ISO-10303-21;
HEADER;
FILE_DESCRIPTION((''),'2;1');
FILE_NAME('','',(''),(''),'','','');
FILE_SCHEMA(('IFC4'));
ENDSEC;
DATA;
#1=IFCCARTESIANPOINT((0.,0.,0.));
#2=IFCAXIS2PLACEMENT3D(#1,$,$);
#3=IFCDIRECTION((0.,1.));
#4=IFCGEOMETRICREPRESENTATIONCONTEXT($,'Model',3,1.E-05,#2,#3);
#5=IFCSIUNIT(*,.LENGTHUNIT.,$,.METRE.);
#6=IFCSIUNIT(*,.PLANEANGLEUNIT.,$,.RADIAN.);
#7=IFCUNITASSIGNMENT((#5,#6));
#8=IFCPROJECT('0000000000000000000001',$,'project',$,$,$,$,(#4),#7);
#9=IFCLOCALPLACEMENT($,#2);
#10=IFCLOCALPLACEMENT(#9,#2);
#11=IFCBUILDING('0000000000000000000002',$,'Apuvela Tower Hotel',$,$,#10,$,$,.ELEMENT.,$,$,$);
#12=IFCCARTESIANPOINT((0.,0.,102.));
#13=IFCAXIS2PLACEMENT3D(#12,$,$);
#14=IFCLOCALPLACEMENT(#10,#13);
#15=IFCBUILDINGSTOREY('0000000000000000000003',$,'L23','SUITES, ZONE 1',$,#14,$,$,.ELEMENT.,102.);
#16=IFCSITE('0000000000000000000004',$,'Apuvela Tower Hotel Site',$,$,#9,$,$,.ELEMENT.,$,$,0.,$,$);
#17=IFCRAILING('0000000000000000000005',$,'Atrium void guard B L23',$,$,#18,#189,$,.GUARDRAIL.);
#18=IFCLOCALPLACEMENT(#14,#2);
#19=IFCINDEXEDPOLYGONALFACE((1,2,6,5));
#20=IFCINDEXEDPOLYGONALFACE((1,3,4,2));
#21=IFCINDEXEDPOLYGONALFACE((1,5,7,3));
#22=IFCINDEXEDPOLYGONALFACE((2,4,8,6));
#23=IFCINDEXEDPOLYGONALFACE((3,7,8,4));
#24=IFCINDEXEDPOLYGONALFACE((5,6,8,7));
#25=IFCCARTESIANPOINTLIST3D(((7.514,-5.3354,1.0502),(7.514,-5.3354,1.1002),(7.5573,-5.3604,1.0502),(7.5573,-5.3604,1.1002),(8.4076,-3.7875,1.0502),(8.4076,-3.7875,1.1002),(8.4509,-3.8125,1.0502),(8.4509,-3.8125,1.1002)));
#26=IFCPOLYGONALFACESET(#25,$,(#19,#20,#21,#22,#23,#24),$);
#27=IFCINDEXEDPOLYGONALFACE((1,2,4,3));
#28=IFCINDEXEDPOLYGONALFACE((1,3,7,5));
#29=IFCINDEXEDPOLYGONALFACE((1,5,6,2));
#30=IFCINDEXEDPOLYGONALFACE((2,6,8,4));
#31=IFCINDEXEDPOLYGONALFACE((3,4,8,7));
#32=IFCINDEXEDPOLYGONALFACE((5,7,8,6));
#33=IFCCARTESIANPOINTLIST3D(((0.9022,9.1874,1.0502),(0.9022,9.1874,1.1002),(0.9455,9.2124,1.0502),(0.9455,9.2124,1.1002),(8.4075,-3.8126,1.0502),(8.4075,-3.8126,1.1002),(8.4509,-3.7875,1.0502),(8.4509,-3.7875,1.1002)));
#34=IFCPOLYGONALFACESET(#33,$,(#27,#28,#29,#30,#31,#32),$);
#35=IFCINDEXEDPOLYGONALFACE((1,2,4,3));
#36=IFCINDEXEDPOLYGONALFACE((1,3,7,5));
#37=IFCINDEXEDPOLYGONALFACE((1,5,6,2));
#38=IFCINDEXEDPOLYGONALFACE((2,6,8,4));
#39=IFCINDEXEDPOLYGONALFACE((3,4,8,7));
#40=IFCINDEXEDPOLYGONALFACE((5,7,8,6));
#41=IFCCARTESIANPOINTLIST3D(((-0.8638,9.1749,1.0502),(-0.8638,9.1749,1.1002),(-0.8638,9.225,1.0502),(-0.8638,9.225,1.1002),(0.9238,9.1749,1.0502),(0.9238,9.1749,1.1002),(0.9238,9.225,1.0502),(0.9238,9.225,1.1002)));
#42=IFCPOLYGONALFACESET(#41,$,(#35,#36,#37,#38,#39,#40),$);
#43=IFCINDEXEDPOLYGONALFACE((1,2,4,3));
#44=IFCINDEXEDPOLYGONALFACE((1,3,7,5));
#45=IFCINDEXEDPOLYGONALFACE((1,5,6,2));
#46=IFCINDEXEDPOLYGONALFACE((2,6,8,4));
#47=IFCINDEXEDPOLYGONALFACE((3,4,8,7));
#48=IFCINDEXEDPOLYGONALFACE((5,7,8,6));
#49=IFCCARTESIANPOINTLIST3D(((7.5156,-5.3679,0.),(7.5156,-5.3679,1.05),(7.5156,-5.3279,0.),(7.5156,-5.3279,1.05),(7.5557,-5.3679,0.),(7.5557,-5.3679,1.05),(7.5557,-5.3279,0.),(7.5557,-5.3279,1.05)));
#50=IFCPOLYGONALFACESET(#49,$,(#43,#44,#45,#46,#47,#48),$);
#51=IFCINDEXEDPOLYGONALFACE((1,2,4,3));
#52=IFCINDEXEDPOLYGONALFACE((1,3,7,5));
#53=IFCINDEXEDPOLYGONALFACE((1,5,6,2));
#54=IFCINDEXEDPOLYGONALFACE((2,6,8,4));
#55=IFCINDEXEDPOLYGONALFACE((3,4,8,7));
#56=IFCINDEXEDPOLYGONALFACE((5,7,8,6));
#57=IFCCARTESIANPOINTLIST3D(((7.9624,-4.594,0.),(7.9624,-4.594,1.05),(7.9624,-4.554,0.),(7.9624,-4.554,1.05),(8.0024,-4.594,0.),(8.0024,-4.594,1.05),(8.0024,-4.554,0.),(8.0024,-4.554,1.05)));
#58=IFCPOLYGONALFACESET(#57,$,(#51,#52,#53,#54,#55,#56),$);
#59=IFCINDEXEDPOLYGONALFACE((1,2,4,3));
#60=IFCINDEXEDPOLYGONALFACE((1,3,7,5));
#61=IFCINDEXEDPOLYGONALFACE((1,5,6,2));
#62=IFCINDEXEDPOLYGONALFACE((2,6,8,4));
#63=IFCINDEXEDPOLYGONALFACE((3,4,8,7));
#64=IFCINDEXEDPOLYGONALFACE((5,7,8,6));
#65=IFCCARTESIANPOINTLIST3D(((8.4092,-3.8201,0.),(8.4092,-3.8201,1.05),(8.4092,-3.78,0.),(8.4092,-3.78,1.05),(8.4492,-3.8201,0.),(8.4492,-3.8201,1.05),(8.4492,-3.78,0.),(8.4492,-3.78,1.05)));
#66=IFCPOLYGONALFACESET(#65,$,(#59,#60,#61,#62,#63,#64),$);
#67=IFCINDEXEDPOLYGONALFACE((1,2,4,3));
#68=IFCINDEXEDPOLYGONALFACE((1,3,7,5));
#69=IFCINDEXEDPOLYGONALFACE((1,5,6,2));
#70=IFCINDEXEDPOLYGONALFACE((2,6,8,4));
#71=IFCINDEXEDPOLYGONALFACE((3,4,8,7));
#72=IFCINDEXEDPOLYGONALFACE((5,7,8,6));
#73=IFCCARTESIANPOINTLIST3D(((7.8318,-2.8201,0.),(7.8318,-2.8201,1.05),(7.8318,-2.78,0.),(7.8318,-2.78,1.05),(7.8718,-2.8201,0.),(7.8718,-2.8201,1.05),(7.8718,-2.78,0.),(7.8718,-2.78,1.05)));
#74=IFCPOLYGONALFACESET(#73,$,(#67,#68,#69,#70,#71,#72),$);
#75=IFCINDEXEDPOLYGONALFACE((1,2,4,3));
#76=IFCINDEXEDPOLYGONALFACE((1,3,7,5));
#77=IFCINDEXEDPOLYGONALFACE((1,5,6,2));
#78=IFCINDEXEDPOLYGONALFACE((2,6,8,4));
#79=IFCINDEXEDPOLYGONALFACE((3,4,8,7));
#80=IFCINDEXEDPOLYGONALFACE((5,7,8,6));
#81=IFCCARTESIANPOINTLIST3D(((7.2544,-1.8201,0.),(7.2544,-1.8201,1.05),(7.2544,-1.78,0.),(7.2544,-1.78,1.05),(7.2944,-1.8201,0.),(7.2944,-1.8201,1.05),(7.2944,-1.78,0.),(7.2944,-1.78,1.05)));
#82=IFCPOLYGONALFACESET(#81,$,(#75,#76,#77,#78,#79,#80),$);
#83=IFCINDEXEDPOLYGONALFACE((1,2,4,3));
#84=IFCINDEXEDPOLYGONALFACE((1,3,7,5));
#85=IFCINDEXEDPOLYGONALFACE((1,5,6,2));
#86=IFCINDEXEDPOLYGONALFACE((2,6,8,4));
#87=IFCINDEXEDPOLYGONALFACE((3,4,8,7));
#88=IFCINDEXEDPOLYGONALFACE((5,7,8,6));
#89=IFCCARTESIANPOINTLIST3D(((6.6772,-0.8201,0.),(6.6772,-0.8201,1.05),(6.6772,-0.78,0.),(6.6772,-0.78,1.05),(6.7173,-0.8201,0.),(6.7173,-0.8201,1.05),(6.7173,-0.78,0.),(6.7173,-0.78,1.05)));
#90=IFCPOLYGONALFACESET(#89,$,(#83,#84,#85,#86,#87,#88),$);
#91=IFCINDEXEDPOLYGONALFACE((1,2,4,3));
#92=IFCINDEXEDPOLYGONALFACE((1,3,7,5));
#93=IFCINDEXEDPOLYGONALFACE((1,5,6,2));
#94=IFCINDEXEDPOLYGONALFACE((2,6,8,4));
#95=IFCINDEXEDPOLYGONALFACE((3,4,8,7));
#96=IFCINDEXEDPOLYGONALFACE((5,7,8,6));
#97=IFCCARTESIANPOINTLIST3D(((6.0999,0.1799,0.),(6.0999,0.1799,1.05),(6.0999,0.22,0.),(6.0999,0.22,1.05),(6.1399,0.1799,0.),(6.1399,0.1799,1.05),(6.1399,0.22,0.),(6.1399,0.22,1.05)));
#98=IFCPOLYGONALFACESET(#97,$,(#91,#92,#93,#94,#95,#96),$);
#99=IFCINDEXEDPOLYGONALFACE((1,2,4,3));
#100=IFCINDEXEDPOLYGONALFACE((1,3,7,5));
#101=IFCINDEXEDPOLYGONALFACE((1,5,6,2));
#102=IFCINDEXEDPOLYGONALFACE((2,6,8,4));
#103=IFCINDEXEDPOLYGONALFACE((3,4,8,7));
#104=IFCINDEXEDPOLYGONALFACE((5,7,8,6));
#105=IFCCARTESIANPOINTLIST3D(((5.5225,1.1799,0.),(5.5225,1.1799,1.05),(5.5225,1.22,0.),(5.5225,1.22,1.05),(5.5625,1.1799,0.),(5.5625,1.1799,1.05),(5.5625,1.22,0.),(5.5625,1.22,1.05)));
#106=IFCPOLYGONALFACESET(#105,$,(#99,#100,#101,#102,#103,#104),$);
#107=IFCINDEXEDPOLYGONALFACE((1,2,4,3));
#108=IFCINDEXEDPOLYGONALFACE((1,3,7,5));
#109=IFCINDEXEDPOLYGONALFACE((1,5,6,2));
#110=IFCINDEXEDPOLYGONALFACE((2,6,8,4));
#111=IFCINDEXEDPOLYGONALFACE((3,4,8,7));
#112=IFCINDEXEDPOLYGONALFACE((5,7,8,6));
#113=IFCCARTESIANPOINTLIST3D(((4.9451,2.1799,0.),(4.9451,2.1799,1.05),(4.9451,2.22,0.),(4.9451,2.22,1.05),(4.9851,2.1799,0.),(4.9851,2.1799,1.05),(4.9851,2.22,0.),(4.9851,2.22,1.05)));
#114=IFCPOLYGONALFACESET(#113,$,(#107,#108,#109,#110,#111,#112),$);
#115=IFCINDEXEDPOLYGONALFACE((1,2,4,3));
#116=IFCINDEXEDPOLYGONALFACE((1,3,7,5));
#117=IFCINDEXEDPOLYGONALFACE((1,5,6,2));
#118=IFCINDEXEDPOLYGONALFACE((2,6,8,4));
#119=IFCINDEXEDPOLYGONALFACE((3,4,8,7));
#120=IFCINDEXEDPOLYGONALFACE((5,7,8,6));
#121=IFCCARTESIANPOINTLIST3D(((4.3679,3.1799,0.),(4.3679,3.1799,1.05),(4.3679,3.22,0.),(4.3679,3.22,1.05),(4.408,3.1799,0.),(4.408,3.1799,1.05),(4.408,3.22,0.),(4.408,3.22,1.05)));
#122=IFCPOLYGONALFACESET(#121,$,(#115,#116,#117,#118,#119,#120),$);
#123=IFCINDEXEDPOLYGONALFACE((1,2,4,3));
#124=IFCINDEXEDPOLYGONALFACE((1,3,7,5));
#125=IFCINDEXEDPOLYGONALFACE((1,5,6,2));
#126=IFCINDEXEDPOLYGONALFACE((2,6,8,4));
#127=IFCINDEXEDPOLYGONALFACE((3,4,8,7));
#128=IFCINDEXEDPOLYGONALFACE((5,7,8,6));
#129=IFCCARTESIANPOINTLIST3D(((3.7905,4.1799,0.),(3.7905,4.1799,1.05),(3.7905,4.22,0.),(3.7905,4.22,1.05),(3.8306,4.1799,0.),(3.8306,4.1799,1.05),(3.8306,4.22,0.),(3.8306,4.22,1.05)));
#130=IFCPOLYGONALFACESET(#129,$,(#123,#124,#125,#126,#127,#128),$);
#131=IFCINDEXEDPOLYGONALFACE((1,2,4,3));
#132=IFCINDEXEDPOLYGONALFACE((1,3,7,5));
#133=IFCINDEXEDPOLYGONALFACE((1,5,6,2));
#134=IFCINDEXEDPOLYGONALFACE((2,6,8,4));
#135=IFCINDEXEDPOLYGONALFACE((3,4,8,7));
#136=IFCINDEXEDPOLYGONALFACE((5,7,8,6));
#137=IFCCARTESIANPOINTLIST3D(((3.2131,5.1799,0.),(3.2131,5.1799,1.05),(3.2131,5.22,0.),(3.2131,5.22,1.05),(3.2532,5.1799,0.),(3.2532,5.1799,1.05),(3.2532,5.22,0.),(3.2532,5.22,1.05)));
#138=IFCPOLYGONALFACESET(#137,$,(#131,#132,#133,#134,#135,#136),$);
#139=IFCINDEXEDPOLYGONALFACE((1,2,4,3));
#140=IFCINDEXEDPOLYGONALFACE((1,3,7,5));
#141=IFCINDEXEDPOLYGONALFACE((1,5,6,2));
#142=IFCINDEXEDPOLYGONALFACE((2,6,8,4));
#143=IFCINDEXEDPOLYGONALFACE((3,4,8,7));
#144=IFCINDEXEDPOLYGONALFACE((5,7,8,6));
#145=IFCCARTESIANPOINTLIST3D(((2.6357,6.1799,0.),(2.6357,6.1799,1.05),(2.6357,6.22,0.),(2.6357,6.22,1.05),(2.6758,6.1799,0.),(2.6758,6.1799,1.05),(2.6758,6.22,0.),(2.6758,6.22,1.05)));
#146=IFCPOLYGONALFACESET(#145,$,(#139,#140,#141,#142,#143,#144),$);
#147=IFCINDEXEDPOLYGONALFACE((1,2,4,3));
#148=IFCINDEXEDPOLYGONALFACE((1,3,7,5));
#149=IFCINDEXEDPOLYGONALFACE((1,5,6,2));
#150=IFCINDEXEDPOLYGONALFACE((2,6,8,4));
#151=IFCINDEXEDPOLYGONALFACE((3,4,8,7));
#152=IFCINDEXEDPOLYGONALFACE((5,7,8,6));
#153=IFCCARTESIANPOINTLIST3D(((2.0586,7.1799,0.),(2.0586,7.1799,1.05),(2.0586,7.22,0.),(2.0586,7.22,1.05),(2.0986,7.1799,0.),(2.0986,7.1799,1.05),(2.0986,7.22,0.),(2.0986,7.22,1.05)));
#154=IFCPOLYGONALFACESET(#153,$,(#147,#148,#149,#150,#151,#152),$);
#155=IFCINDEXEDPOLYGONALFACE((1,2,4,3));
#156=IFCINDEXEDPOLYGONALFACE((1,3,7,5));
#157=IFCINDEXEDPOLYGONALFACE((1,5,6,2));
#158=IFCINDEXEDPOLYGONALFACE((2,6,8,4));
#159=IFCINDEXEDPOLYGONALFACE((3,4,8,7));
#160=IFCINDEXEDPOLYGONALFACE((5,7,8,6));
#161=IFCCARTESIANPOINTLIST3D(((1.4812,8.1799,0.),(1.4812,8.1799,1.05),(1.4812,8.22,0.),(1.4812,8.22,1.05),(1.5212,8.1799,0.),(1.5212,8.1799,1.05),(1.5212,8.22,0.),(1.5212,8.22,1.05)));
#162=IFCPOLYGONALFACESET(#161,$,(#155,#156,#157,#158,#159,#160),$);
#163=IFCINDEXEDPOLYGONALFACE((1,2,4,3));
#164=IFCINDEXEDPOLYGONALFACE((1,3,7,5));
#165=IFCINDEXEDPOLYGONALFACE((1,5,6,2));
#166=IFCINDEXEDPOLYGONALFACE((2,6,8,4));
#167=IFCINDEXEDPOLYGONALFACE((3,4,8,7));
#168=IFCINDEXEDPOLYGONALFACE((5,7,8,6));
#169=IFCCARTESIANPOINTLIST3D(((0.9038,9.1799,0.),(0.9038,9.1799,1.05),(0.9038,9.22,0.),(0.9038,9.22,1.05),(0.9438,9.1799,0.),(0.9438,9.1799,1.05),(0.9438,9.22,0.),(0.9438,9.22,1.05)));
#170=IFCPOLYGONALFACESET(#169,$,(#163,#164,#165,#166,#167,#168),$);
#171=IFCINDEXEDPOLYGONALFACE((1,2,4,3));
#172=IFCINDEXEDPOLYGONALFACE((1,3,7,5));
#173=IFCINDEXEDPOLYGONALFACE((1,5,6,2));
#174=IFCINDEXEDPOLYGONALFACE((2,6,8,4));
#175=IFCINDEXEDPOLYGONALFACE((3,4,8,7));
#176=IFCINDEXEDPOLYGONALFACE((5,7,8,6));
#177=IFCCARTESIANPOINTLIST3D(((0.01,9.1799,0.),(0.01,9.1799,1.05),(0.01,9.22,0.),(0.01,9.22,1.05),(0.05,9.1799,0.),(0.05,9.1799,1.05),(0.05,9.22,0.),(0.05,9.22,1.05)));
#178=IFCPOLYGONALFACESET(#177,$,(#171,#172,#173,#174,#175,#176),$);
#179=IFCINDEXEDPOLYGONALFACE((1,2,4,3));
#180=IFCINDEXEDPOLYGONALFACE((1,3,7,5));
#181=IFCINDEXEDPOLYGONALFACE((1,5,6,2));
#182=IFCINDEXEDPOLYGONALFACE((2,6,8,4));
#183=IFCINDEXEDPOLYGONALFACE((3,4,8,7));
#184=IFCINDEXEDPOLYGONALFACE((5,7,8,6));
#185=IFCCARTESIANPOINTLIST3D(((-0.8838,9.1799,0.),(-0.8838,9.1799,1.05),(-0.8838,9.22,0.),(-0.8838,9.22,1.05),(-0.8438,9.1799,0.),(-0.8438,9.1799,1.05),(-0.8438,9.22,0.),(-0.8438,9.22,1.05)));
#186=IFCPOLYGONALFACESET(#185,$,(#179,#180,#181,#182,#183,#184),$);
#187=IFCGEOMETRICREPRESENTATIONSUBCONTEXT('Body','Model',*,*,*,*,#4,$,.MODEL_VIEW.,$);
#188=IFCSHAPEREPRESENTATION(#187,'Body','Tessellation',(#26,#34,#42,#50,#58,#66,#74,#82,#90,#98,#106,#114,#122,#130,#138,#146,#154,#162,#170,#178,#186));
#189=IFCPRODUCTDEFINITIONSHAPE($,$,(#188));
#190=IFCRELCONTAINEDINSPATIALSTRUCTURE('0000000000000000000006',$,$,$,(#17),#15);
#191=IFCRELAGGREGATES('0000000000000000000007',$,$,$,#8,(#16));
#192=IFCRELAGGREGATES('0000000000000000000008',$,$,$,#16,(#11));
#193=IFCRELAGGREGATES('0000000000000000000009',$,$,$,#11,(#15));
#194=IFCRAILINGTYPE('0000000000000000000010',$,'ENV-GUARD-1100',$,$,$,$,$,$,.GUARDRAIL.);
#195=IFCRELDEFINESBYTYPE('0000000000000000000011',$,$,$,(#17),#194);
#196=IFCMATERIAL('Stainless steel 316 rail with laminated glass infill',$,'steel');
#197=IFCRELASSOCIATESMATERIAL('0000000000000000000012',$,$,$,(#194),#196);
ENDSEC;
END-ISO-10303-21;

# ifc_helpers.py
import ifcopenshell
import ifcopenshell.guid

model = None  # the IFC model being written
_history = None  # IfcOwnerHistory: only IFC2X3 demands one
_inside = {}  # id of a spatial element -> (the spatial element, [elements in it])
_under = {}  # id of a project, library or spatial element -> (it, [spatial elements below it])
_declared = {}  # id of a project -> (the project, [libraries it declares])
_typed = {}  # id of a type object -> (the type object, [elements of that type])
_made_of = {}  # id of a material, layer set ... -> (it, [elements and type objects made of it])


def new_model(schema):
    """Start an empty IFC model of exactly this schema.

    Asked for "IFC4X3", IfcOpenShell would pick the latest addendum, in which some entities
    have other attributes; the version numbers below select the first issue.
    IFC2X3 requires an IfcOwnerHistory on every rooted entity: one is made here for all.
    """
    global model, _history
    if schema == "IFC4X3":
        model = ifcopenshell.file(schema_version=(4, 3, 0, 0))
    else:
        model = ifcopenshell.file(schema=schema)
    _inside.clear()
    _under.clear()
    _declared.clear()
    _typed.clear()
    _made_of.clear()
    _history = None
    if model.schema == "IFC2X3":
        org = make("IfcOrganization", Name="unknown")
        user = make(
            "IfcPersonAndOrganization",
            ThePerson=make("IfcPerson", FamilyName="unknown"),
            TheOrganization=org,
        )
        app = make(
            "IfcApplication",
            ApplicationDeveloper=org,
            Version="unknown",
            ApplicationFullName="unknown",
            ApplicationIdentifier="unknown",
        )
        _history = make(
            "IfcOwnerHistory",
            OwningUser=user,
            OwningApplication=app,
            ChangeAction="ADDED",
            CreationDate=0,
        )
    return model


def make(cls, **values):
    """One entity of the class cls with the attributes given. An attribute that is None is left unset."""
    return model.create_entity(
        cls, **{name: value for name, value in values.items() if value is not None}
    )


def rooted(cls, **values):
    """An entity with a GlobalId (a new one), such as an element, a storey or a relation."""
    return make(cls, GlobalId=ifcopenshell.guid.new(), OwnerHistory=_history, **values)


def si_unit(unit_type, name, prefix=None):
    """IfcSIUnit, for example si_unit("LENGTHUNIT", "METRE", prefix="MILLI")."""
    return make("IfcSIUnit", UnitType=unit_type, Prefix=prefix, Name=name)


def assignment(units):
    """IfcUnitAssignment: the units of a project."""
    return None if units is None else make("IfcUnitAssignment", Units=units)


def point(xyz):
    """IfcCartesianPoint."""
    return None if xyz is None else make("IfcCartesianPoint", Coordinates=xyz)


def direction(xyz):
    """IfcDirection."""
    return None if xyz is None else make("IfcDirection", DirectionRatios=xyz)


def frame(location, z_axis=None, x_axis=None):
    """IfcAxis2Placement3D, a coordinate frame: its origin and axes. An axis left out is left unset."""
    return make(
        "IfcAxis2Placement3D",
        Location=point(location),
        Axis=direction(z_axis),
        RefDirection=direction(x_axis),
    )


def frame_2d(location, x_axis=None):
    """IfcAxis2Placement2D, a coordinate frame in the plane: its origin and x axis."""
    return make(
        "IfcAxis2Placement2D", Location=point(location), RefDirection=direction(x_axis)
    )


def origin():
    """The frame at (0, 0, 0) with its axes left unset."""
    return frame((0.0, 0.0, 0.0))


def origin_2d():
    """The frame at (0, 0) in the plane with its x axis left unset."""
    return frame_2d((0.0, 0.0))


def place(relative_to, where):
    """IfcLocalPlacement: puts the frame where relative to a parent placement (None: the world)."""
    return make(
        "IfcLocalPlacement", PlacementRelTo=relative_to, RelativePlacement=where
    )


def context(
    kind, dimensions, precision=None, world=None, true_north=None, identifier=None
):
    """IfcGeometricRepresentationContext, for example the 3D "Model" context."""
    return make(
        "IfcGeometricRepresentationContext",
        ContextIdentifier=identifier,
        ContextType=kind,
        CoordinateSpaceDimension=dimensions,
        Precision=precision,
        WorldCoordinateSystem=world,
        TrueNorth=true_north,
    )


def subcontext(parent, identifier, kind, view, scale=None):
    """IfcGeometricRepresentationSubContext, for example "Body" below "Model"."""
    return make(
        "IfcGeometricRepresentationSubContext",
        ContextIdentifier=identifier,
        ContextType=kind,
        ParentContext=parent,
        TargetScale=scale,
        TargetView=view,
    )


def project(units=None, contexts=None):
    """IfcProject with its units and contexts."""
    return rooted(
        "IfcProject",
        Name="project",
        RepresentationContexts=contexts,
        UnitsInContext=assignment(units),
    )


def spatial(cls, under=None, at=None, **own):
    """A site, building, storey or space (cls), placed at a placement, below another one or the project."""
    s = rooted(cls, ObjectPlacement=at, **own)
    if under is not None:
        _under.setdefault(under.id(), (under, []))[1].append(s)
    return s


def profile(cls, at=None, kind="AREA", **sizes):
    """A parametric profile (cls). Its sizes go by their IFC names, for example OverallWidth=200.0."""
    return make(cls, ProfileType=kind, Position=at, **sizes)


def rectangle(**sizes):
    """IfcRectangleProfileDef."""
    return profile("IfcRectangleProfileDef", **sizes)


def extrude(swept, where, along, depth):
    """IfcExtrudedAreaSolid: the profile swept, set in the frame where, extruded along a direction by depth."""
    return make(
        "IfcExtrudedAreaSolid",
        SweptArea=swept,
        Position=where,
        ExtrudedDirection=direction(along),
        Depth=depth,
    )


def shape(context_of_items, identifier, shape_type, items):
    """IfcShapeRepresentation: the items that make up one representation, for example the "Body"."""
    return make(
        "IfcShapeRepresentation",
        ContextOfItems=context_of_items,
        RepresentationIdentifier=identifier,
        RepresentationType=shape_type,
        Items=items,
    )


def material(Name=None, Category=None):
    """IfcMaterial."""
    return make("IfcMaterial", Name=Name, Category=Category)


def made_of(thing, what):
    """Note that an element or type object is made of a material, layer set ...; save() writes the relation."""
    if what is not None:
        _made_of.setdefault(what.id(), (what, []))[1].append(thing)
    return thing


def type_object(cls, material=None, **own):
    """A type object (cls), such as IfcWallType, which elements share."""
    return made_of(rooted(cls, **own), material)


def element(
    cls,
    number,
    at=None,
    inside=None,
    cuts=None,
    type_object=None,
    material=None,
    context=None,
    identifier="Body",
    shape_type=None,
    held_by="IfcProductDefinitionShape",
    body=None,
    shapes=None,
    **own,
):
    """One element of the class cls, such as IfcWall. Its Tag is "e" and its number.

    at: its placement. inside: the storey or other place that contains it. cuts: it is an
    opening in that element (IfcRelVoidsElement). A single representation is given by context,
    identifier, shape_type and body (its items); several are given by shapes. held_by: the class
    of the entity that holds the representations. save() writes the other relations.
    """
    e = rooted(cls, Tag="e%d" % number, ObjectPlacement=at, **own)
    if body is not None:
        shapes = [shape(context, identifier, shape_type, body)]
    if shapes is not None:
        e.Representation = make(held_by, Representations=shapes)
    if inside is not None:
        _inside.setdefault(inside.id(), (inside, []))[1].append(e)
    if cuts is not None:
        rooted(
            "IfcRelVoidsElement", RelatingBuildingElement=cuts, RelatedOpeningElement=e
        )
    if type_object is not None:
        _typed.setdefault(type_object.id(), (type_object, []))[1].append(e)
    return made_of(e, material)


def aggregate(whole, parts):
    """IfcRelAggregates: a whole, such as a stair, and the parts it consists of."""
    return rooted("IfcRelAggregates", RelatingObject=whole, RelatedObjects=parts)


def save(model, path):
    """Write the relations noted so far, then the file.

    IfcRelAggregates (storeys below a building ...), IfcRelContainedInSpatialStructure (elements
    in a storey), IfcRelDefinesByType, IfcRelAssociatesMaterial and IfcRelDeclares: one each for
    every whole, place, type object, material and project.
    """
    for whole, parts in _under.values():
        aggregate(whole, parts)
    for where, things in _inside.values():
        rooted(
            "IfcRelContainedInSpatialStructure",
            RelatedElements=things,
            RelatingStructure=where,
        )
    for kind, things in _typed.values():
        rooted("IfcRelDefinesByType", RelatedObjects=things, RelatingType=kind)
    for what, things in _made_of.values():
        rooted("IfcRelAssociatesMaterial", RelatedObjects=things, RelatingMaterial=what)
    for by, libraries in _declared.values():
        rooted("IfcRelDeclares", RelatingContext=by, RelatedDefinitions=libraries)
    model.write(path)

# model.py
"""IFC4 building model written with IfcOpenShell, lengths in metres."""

from ifc_helpers import new_model, si_unit, direction, frame, origin, origin_2d, place, context, subcontext, project, spatial, rectangle, extrude, material, type_object, element, save


model = new_model("IFC4")

# Units and contexts
model_context = context("Model", 3, precision=1e-05, world=origin(), true_north=direction((0.0, 1.0)))
body_context = subcontext(model_context, "Body", "Model", "MODEL_VIEW")
ifc_project = project(units=[si_unit("LENGTHUNIT", "METRE"), si_unit("PLANEANGLEUNIT", "RADIAN")], contexts=[model_context])

# Site, building, storey
site_placement = place(None, origin())
site = spatial("IfcSite", under=ifc_project, at=site_placement, Name="Apuvela Tower Hotel Site", CompositionType="ELEMENT", RefElevation=0.0)
building_placement = place(site_placement, origin())
building = spatial("IfcBuilding", under=site, at=building_placement, Name="Apuvela Tower Hotel", CompositionType="ELEMENT")
storey_placement = place(building_placement, frame((0.0, 0.0, 102.0)))
storey = spatial("IfcBuildingStorey", under=building, at=storey_placement, Name="L23", Description="SUITES, ZONE 1", CompositionType="ELEMENT", Elevation=102.0)

# Railing
ifc_material_1 = material(Name="Stainless steel 316 rail with laminated glass infill", Category="steel")
railing_type_1 = type_object("IfcRailingType", Name="ENV-GUARD-1100", PredefinedType="GUARDRAIL", material=ifc_material_1)
railing_1_placement = place(storey_placement, frame((7.5356, -5.3479, 0.0)))
element("IfcRailing", 1, at=railing_1_placement, inside=storey, type_object=railing_type_1, Name="Atrium void guard B L23", PredefinedType="GUARDRAIL", context=body_context, shape_type="SweptSolid", body=[
    extrude(rectangle(XDim=0.05, YDim=0.05, at=origin_2d()), frame((0.0, 0.0, 1.0752), z_axis=(0.499959, 0.866049, 0.0), x_axis=(-0.866049, 0.499959, 0.0)), (0.0, 0.0, 1.0), 1.7874),
    extrude(rectangle(XDim=0.05, YDim=0.05, at=origin_2d()), frame((0.8936, 1.5479, 1.0752), z_axis=(-0.499991, 0.866031, 0.0), x_axis=(-0.866031, -0.499991, 0.0)), (0.0, 0.0, 1.0), 15.011),
    extrude(rectangle(XDim=0.05, YDim=0.05, at=origin_2d()), frame((-6.6118, 14.5479, 1.0752), z_axis=(-1.0, 0.0, 0.0), x_axis=(0.0, -1.0, 0.0)), (0.0, 0.0, 1.0), 1.7876),
    extrude(rectangle(XDim=0.04, YDim=0.04, at=origin_2d()), origin(), (0.0, 0.0, 1.0), 1.05),
    extrude(rectangle(XDim=0.04, YDim=0.04, at=origin_2d()), frame((0.4468, 0.7739, 0.0)), (0.0, 0.0, 1.0), 1.05),
    extrude(rectangle(XDim=0.04, YDim=0.04, at=origin_2d()), frame((0.8936, 1.5479, 0.0)), (0.0, 0.0, 1.0), 1.05),
    extrude(rectangle(XDim=0.04, YDim=0.04, at=origin_2d()), frame((0.3162, 2.5479, 0.0)), (0.0, 0.0, 1.0), 1.05),
    extrude(rectangle(XDim=0.04, YDim=0.04, at=origin_2d()), frame((-0.2612, 3.5479, 0.0)), (0.0, 0.0, 1.0), 1.05),
    extrude(rectangle(XDim=0.04, YDim=0.04, at=origin_2d()), frame((-0.8384, 4.5479, 0.0)), (0.0, 0.0, 1.0), 1.05),
    extrude(rectangle(XDim=0.04, YDim=0.04, at=origin_2d()), frame((-1.4158, 5.5479, 0.0)), (0.0, 0.0, 1.0), 1.05),
    extrude(rectangle(XDim=0.04, YDim=0.04, at=origin_2d()), frame((-1.9932, 6.5479, 0.0)), (0.0, 0.0, 1.0), 1.05),
    extrude(rectangle(XDim=0.04, YDim=0.04, at=origin_2d()), frame((-2.5706, 7.5479, 0.0)), (0.0, 0.0, 1.0), 1.05),
    extrude(rectangle(XDim=0.04, YDim=0.04, at=origin_2d()), frame((-3.1477, 8.5479, 0.0)), (0.0, 0.0, 1.0), 1.05),
    extrude(rectangle(XDim=0.04, YDim=0.04, at=origin_2d()), frame((-3.7251, 9.5479, 0.0)), (0.0, 0.0, 1.0), 1.05),
    extrude(rectangle(XDim=0.04, YDim=0.04, at=origin_2d()), frame((-4.3025, 10.5479, 0.0)), (0.0, 0.0, 1.0), 1.05),
    extrude(rectangle(XDim=0.04, YDim=0.04, at=origin_2d()), frame((-4.8799, 11.5479, 0.0)), (0.0, 0.0, 1.0), 1.05),
    extrude(rectangle(XDim=0.04, YDim=0.04, at=origin_2d()), frame((-5.457, 12.5479, 0.0)), (0.0, 0.0, 1.0), 1.05),
    extrude(rectangle(XDim=0.04, YDim=0.04, at=origin_2d()), frame((-6.0344, 13.5479, 0.0)), (0.0, 0.0, 1.0), 1.05),
    extrude(rectangle(XDim=0.04, YDim=0.04, at=origin_2d()), frame((-6.6118, 14.5479, 0.0)), (0.0, 0.0, 1.0), 1.05),
    extrude(rectangle(XDim=0.04, YDim=0.04, at=origin_2d()), frame((-7.5056, 14.5479, 0.0)), (0.0, 0.0, 1.0), 1.05),
    extrude(rectangle(XDim=0.04, YDim=0.04, at=origin_2d()), frame((-8.3994, 14.5479, 0.0)), (0.0, 0.0, 1.0), 1.05),
])

save(model, "model.ifc")
